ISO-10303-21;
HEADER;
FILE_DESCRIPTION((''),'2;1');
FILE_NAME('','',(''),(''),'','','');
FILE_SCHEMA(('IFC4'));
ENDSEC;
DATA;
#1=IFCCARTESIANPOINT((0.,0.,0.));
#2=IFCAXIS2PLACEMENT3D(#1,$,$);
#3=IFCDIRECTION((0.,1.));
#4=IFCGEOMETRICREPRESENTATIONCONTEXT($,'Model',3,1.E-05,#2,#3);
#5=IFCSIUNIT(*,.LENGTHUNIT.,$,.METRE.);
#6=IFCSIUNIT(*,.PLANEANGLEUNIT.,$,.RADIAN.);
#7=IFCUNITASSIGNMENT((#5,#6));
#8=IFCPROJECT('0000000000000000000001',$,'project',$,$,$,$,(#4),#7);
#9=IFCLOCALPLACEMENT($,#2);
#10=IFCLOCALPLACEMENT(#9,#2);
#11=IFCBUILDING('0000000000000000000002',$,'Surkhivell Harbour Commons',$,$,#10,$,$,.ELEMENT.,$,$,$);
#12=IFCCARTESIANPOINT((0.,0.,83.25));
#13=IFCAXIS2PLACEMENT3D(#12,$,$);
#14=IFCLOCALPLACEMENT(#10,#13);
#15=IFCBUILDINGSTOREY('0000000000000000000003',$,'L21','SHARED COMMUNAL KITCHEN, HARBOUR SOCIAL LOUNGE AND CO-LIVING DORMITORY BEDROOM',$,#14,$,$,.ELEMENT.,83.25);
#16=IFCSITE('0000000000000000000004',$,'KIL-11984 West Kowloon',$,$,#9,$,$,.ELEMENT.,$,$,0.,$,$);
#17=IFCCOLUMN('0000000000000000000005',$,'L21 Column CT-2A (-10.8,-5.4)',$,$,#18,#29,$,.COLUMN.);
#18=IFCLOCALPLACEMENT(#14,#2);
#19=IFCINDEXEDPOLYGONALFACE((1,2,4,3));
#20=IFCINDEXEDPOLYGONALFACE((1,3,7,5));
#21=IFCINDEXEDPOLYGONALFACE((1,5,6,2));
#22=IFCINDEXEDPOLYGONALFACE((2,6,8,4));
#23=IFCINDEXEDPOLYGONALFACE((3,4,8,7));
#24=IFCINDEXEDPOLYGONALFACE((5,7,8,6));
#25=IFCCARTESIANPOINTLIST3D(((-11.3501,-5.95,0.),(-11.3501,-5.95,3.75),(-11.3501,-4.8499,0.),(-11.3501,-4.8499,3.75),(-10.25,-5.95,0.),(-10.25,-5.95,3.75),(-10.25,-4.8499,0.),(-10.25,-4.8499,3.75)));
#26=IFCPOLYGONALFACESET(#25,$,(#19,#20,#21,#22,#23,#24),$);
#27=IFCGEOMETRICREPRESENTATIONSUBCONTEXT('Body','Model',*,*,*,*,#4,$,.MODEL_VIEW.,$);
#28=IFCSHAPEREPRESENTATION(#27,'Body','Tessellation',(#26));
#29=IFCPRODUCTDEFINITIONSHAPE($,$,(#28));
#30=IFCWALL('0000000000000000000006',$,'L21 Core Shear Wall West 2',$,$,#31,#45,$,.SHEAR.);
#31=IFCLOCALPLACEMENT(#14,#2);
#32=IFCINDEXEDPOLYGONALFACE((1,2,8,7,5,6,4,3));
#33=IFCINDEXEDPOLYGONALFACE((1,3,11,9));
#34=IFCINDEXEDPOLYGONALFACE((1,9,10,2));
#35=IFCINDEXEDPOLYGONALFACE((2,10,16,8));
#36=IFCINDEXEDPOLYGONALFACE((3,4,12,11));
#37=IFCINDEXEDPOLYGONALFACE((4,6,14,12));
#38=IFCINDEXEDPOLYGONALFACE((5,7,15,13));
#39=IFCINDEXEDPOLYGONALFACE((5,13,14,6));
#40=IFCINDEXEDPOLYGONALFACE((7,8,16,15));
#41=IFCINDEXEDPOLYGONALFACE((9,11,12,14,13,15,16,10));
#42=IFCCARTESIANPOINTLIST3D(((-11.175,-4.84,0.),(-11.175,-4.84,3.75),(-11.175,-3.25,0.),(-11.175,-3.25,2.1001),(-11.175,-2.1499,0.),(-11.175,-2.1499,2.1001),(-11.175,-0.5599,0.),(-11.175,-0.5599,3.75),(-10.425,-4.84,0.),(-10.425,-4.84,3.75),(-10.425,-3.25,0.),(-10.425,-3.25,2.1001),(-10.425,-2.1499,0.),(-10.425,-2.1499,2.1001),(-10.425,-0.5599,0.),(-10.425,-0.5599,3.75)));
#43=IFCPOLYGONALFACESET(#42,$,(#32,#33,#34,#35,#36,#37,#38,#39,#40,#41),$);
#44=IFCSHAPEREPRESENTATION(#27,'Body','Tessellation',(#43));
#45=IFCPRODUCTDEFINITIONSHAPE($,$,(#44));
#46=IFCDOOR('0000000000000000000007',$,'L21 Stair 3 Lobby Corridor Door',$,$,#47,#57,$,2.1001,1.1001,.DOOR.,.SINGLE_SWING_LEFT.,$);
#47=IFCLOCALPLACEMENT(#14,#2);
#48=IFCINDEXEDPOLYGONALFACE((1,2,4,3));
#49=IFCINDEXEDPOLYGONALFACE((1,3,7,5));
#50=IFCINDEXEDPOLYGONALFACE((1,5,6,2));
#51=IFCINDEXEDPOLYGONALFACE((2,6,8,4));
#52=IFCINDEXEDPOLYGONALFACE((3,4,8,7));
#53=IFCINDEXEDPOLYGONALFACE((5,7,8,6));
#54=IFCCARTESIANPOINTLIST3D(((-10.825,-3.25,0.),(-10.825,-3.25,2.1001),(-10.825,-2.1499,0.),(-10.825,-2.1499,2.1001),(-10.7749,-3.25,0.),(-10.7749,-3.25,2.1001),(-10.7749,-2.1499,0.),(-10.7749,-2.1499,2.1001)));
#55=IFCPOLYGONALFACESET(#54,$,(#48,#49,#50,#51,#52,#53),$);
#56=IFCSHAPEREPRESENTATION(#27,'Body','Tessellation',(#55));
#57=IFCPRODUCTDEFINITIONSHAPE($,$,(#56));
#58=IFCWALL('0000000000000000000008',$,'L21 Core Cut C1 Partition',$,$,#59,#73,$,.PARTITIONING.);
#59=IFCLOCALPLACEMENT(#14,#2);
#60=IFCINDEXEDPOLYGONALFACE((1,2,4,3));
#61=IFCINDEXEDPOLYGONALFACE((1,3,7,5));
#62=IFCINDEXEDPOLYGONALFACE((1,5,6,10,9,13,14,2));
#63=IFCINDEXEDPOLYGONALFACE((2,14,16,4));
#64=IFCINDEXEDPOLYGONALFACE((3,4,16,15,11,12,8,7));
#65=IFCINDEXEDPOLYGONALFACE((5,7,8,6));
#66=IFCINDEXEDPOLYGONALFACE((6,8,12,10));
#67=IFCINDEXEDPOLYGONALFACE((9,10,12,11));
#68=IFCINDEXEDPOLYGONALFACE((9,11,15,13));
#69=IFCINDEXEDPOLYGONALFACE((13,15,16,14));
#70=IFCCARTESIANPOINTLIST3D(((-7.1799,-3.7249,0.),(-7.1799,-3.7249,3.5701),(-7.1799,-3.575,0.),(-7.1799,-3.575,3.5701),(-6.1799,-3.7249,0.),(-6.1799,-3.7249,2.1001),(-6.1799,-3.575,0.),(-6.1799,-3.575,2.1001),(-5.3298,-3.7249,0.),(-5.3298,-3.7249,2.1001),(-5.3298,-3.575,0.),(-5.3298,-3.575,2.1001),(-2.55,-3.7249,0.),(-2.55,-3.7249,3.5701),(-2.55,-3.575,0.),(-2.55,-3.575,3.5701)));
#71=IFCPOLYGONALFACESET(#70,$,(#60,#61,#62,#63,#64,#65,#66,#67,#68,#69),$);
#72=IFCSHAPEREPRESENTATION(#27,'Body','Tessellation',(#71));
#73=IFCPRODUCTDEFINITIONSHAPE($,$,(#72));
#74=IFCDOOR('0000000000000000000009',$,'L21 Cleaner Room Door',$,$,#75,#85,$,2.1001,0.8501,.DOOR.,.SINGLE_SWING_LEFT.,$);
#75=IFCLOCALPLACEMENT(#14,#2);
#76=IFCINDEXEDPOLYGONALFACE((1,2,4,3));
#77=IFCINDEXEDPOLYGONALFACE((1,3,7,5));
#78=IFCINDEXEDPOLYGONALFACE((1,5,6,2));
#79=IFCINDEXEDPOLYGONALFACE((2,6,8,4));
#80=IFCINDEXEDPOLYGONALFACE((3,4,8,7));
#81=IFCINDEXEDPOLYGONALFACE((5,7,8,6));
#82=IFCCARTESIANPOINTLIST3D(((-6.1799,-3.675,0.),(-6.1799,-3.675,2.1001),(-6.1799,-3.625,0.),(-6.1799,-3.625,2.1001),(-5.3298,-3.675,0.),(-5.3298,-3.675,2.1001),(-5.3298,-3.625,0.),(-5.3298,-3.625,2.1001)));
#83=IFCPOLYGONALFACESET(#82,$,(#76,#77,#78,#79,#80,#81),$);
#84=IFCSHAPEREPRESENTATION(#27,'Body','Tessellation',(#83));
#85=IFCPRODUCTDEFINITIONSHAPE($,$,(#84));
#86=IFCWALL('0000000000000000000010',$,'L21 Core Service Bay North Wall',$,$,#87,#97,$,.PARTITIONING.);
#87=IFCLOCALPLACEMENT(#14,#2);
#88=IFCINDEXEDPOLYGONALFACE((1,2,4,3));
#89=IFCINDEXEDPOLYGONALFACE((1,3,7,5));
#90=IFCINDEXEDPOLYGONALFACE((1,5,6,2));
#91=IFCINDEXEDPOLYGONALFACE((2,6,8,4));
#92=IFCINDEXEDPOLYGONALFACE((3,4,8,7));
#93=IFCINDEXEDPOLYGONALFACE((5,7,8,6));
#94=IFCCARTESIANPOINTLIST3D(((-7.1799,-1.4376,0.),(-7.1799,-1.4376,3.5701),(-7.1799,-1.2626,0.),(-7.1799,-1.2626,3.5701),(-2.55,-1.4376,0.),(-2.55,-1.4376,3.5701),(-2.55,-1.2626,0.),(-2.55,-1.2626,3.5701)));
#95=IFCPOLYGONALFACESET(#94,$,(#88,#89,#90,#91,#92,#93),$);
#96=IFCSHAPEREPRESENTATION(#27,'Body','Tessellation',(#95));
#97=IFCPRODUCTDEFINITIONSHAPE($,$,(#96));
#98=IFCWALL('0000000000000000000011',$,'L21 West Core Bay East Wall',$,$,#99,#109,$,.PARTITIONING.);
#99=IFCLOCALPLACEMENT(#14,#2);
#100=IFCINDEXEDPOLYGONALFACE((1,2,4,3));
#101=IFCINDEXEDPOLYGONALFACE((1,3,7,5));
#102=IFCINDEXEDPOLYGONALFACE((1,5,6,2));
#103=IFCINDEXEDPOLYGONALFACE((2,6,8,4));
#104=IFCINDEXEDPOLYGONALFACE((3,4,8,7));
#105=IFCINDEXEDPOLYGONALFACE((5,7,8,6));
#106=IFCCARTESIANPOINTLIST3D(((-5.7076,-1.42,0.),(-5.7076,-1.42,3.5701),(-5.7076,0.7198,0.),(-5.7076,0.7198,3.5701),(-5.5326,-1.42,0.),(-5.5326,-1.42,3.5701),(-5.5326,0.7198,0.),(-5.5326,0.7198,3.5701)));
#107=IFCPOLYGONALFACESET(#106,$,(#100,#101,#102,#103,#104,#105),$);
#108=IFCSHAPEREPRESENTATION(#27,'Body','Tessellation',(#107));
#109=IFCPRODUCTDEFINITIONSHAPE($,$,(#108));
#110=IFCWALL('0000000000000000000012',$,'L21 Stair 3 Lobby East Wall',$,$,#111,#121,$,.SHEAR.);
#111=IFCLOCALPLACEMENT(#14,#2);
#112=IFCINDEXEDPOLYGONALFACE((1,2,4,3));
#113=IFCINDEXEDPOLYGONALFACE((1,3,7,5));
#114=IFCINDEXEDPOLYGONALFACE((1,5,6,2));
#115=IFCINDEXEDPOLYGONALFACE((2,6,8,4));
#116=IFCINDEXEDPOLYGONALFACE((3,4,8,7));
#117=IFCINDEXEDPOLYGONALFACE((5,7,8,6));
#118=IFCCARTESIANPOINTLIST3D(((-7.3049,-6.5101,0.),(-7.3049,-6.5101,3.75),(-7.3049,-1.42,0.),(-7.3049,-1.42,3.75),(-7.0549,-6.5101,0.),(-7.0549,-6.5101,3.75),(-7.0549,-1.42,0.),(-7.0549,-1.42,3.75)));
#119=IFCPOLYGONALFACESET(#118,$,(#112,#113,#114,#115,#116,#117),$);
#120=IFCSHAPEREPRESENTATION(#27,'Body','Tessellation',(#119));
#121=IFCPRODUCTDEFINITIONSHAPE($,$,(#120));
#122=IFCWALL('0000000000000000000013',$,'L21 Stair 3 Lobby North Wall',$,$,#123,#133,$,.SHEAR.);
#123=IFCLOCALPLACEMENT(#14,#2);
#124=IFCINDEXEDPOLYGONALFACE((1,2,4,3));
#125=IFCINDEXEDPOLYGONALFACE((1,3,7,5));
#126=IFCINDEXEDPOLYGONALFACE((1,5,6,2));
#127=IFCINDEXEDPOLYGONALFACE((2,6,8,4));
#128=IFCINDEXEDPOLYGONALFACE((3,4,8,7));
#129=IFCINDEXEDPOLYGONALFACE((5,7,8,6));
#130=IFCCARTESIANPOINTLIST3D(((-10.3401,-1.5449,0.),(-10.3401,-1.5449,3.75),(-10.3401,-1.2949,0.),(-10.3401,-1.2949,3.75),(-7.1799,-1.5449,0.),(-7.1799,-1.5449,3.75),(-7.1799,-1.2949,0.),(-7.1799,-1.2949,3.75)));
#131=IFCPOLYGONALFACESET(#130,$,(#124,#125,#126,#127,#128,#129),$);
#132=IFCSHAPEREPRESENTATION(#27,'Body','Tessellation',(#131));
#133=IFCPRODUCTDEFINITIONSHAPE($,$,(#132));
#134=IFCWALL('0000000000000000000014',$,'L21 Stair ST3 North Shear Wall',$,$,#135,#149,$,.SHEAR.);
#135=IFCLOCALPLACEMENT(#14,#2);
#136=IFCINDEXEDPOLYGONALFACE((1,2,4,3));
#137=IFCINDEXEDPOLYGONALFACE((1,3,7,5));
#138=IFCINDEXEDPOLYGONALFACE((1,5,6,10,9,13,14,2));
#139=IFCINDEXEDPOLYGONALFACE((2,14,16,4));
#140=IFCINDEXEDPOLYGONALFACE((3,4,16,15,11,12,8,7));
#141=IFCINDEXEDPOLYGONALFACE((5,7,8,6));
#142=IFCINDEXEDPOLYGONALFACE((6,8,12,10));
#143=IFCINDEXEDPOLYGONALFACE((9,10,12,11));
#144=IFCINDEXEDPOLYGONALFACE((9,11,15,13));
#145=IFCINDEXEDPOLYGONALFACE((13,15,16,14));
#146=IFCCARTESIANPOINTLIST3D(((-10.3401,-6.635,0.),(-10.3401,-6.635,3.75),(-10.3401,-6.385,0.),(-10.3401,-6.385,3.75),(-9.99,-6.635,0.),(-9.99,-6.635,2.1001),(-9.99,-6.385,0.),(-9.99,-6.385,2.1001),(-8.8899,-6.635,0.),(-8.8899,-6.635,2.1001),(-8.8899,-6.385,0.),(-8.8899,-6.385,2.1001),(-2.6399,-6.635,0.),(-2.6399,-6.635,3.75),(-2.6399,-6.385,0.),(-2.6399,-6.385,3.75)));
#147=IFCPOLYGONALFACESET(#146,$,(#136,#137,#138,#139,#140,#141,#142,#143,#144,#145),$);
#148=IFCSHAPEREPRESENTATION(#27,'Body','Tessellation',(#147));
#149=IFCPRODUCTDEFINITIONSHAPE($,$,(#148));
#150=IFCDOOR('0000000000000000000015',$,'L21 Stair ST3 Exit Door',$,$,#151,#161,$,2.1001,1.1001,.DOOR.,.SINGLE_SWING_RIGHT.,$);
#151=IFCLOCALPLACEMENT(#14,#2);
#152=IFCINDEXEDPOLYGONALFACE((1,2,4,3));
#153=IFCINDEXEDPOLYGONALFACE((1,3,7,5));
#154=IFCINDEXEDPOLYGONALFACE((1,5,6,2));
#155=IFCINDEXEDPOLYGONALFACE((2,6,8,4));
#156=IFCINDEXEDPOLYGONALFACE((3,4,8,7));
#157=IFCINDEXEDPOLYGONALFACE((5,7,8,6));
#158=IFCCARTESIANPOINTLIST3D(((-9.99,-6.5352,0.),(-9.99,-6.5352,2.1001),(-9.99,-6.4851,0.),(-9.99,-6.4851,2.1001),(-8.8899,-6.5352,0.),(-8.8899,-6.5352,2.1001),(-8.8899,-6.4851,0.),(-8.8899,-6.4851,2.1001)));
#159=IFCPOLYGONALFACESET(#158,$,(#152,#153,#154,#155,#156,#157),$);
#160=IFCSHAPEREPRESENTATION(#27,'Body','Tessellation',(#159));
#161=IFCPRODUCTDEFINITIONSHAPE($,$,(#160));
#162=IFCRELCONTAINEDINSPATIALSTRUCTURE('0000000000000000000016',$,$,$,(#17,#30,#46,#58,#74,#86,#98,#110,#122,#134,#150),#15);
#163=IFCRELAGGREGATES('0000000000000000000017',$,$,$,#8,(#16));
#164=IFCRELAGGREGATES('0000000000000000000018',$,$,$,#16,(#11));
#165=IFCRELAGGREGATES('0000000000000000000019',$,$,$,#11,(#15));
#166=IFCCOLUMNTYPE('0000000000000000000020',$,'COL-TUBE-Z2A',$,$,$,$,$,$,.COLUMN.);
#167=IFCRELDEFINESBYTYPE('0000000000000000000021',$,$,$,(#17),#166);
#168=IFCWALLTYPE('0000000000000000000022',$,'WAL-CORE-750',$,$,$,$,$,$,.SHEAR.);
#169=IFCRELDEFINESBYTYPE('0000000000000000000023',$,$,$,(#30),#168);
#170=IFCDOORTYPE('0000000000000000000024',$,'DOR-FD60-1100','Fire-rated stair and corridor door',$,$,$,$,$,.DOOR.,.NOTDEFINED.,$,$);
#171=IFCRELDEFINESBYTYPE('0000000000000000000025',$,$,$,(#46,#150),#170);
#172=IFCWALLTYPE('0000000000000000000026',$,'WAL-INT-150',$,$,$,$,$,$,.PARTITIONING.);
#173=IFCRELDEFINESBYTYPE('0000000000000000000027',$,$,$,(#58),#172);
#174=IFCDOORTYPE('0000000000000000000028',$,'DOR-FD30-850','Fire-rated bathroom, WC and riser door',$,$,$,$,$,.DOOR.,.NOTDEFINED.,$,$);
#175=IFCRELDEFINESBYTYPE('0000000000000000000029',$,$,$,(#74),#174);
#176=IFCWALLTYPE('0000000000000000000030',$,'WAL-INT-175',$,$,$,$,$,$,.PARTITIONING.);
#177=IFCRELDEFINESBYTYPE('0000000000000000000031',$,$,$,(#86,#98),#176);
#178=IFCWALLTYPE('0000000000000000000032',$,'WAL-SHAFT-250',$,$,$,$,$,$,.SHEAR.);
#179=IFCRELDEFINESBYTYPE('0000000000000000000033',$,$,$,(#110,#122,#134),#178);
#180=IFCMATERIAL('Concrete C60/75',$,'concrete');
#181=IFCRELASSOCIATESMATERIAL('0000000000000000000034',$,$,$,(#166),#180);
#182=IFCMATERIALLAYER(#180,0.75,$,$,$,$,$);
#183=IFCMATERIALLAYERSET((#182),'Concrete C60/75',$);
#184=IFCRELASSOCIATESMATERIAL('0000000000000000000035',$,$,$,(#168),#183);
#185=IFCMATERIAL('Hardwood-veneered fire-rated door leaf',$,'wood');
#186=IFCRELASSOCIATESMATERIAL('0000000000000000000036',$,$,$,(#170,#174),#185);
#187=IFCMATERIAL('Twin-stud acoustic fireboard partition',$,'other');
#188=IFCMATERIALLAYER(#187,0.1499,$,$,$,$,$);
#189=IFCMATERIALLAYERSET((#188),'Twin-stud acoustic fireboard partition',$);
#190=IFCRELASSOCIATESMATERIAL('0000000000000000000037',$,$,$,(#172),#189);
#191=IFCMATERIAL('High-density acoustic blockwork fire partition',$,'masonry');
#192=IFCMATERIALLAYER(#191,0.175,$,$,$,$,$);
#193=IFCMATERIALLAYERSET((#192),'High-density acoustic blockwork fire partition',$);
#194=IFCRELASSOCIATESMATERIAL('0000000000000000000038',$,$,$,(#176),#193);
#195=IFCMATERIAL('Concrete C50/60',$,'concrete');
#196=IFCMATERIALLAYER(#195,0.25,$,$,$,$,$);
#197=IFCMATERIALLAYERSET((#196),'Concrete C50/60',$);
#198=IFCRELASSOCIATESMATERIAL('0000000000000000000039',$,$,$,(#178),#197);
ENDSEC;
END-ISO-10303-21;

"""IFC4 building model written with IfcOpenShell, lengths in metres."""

from ifc_helpers import new_model, si_unit, direction, frame, frame_2d, origin, origin_2d, place, context, subcontext, project, spatial, rectangle, extrude, material, layer, layer_set, material_profile, profile_set, type_object, element, fill, save


model = new_model("IFC4")

# Units and contexts
model_context = context("Model", 3, precision=1e-05, world=origin(), true_north=direction((0.0, 1.0)))
body_context = subcontext(model_context, "Body", "Model", "MODEL_VIEW")
ifc_project = project(units=[si_unit("LENGTHUNIT", "METRE"), si_unit("PLANEANGLEUNIT", "RADIAN")], contexts=[model_context])

# Site, building, storey
site_placement = place(None, origin())
site = spatial("IfcSite", under=ifc_project, at=site_placement, Name="KIL-11984 West Kowloon", CompositionType="ELEMENT", RefElevation=0.0)
building_placement = place(site_placement, origin())
building = spatial("IfcBuilding", under=site, at=building_placement, Name="Surkhivell Harbour Commons", CompositionType="ELEMENT")
storey_placement = place(building_placement, frame((0.0, 0.0, 83.25)))
storey = spatial("IfcBuildingStorey", under=building, at=storey_placement, Name="L21", Description="SHARED COMMUNAL KITCHEN, HARBOUR SOCIAL LOUNGE AND CO-LIVING DORMITORY BEDROOM", CompositionType="ELEMENT", Elevation=83.25)

# Column
ifc_material_1 = material(Name="Concrete C60/75", Category="concrete")
ifc_material_profile = material_profile(ifc_material_1, rectangle(XDim=1.1001, YDim=1.1001, at=origin_2d()), Name="RC-COL-1100x1100")
ifc_profile_set = profile_set([ifc_material_profile], Name="Concrete C60/75")
column_type = type_object("IfcColumnType", Name="COL-TUBE-Z2A", PredefinedType="COLUMN", material=ifc_profile_set)
column_placement = place(storey_placement, frame((-10.8, -5.3999, 0.0), z_axis=(0.0, 0.0, 1.0), x_axis=(1.0, 0.0, 0.0)))
element("IfcColumn", 1, at=column_placement, inside=storey, type_object=column_type, Name="L21 Column CT-2A (-10.8,-5.4)", PredefinedType="COLUMN", context=body_context, shape_type="SweptSolid", body=[
    extrude(rectangle(XDim=1.1001, YDim=1.1001, at=origin_2d()), origin(), (0.0, 0.0, 1.0), 3.75),
])

# Walls, openings, doors
ifc_layer_1 = layer(ifc_material_1, 0.75)
ifc_layer_set_1 = layer_set([ifc_layer_1], Name="Concrete C60/75")
wall_type_1 = type_object("IfcWallType", Name="WAL-CORE-750", PredefinedType="SHEAR", material=ifc_layer_set_1)
wall_1_placement = place(storey_placement, frame((-10.8, -4.8401, 0.0), z_axis=(0.0, 0.0, 1.0), x_axis=(0.0, 1.0, 0.0)))
wall_1 = element("IfcWall", 2, at=wall_1_placement, inside=storey, type_object=wall_type_1, Name="L21 Core Shear Wall West 2", PredefinedType="SHEAR", context=body_context, shape_type="SweptSolid", body=[
    extrude(rectangle(XDim=4.28, YDim=0.75, at=frame_2d((2.1401, 0.0))), origin(), (0.0, 0.0, 1.0), 3.75),
])
opening_1_placement = place(wall_1_placement, frame((1.5901, 0.0, 0.0)))
opening_1 = element("IfcOpeningElement", 3, at=opening_1_placement, cuts=wall_1, PredefinedType="OPENING", context=body_context, shape_type="SweptSolid", body=[
    extrude(rectangle(XDim=1.1001, YDim=2.1001, at=frame_2d((0.55, 1.05))), frame((0.0, 0.385, 0.0), z_axis=(0.0, -1.0, 0.0), x_axis=(1.0, 0.0, 0.0)), (0.0, 0.0, 1.0), 0.77),
])
ifc_material_2 = material(Name="Hardwood-veneered fire-rated door leaf", Category="wood")
door_type_1 = type_object("IfcDoorType", Name="DOR-FD60-1100", Description="Fire-rated stair and corridor door", OperationType="NOTDEFINED", PredefinedType="DOOR", material=ifc_material_2)
door_1_placement = place(opening_1_placement, origin())
door_1 = element("IfcDoor", 4, at=door_1_placement, inside=storey, type_object=door_type_1, Name="L21 Stair 3 Lobby Corridor Door", OperationType="SINGLE_SWING_LEFT", OverallHeight=2.1001, OverallWidth=1.1001, PredefinedType="DOOR", context=body_context, shape_type="SweptSolid", body=[
    extrude(rectangle(XDim=1.1001, YDim=2.1001, at=frame_2d((0.55, 1.05))), frame((0.0, 0.0249, 0.0), z_axis=(0.0, -1.0, 0.0), x_axis=(1.0, 0.0, 0.0)), (0.0, 0.0, 1.0), 0.05),
])
fill(opening_1, door_1)
ifc_material_3 = material(Name="Twin-stud acoustic fireboard partition", Category="other")
ifc_layer_2 = layer(ifc_material_3, 0.1499)
ifc_layer_set_2 = layer_set([ifc_layer_2], Name="Twin-stud acoustic fireboard partition")
wall_type_2 = type_object("IfcWallType", Name="WAL-INT-150", PredefinedType="PARTITIONING", material=ifc_layer_set_2)
wall_2_placement = place(storey_placement, frame((-7.1799, -3.6499, 0.0), z_axis=(0.0, 0.0, 1.0), x_axis=(1.0, 0.0, 0.0)))
wall_2 = element("IfcWall", 5, at=wall_2_placement, inside=storey, type_object=wall_type_2, Name="L21 Core Cut C1 Partition", PredefinedType="PARTITIONING", context=body_context, shape_type="SweptSolid", body=[
    extrude(rectangle(XDim=4.6299, YDim=0.1499, at=frame_2d((2.3149, 0.0))), origin(), (0.0, 0.0, 1.0), 3.5701),
])
opening_2_placement = place(wall_2_placement, frame((1.0, 0.0, 0.0)))
opening_2 = element("IfcOpeningElement", 6, at=opening_2_placement, cuts=wall_2, PredefinedType="OPENING", context=body_context, shape_type="SweptSolid", body=[
    extrude(rectangle(XDim=0.8501, YDim=2.1001, at=frame_2d((0.425, 1.05))), frame((0.0, 0.085, 0.0), z_axis=(0.0, -1.0, 0.0), x_axis=(1.0, 0.0, 0.0)), (0.0, 0.0, 1.0), 0.1699),
])
door_type_2 = type_object("IfcDoorType", Name="DOR-FD30-850", Description="Fire-rated bathroom, WC and riser door", OperationType="NOTDEFINED", PredefinedType="DOOR", material=ifc_material_2)
door_2_placement = place(opening_2_placement, origin())
door_2 = element("IfcDoor", 7, at=door_2_placement, inside=storey, type_object=door_type_2, Name="L21 Cleaner Room Door", OperationType="SINGLE_SWING_LEFT", OverallHeight=2.1001, OverallWidth=0.8501, PredefinedType="DOOR", context=body_context, shape_type="SweptSolid", body=[
    extrude(rectangle(XDim=0.8501, YDim=2.1001, at=frame_2d((0.425, 1.05))), frame((0.0, 0.0249, 0.0), z_axis=(0.0, -1.0, 0.0), x_axis=(1.0, 0.0, 0.0)), (0.0, 0.0, 1.0), 0.05),
])
fill(opening_2, door_2)

# Walls
ifc_material_4 = material(Name="High-density acoustic blockwork fire partition", Category="masonry")
ifc_layer_3 = layer(ifc_material_4, 0.175)
ifc_layer_set_3 = layer_set([ifc_layer_3], Name="High-density acoustic blockwork fire partition")
wall_type_3 = type_object("IfcWallType", Name="WAL-INT-175", PredefinedType="PARTITIONING", material=ifc_layer_set_3)
wall_3_placement = place(storey_placement, frame((-7.1799, -1.3501, 0.0), z_axis=(0.0, 0.0, 1.0), x_axis=(1.0, 0.0, 0.0)))
element("IfcWall", 8, at=wall_3_placement, inside=storey, type_object=wall_type_3, Name="L21 Core Service Bay North Wall", PredefinedType="PARTITIONING", context=body_context, shape_type="SweptSolid", body=[
    extrude(rectangle(XDim=4.6299, YDim=0.175, at=frame_2d((2.3149, 0.0))), origin(), (0.0, 0.0, 1.0), 3.5701),
])
wall_4_placement = place(storey_placement, frame((-5.6201, -1.4199, 0.0), z_axis=(0.0, 0.0, 1.0), x_axis=(0.0, 1.0, 0.0)))
element("IfcWall", 9, at=wall_4_placement, inside=storey, type_object=wall_type_3, Name="L21 West Core Bay East Wall", PredefinedType="PARTITIONING", context=body_context, shape_type="SweptSolid", body=[
    extrude(rectangle(XDim=2.1399, YDim=0.175, at=frame_2d((1.0698, 0.0))), origin(), (0.0, 0.0, 1.0), 3.5701),
])
ifc_material_5 = material(Name="Concrete C50/60", Category="concrete")
ifc_layer_4 = layer(ifc_material_5, 0.25)
ifc_layer_set_4 = layer_set([ifc_layer_4], Name="Concrete C50/60")
wall_type_4 = type_object("IfcWallType", Name="WAL-SHAFT-250", PredefinedType="SHEAR", material=ifc_layer_set_4)
wall_5_placement = place(storey_placement, frame((-7.1799, -6.51, 0.0), z_axis=(0.0, 0.0, 1.0), x_axis=(0.0, 1.0, 0.0)))
element("IfcWall", 10, at=wall_5_placement, inside=storey, type_object=wall_type_4, Name="L21 Stair 3 Lobby East Wall", PredefinedType="SHEAR", context=body_context, shape_type="SweptSolid", body=[
    extrude(rectangle(XDim=5.0901, YDim=0.25, at=frame_2d((2.5449, 0.0))), origin(), (0.0, 0.0, 1.0), 3.75),
])
wall_6_placement = place(storey_placement, frame((-10.3401, -1.4199, 0.0), z_axis=(0.0, 0.0, 1.0), x_axis=(1.0, 0.0, 0.0)))
element("IfcWall", 11, at=wall_6_placement, inside=storey, type_object=wall_type_4, Name="L21 Stair 3 Lobby North Wall", PredefinedType="SHEAR", context=body_context, shape_type="SweptSolid", body=[
    extrude(rectangle(XDim=3.1602, YDim=0.25, at=frame_2d((1.5801, 0.0))), origin(), (0.0, 0.0, 1.0), 3.75),
])

# Wall, opening, door
wall_7_placement = place(storey_placement, frame((-10.3401, -6.51, 0.0), z_axis=(0.0, 0.0, 1.0), x_axis=(1.0, 0.0, 0.0)))
wall_7 = element("IfcWall", 12, at=wall_7_placement, inside=storey, type_object=wall_type_4, Name="L21 Stair ST3 North Shear Wall", PredefinedType="SHEAR", context=body_context, shape_type="SweptSolid", body=[
    extrude(rectangle(XDim=7.7002, YDim=0.25, at=frame_2d((3.8501, 0.0))), origin(), (0.0, 0.0, 1.0), 3.75),
])
opening_3_placement = place(wall_7_placement, frame((0.3501, 0.0, 0.0)))
opening_3 = element("IfcOpeningElement", 13, at=opening_3_placement, cuts=wall_7, PredefinedType="OPENING", context=body_context, shape_type="SweptSolid", body=[
    extrude(rectangle(XDim=1.1001, YDim=2.1001, at=frame_2d((0.55, 1.05))), frame((0.0, 0.135, 0.0), z_axis=(0.0, -1.0, 0.0), x_axis=(1.0, 0.0, 0.0)), (0.0, 0.0, 1.0), 0.27),
])
door_3_placement = place(opening_3_placement, origin())
door_3 = element("IfcDoor", 14, at=door_3_placement, inside=storey, type_object=door_type_1, Name="L21 Stair ST3 Exit Door", OperationType="SINGLE_SWING_RIGHT", OverallHeight=2.1001, OverallWidth=1.1001, PredefinedType="DOOR", context=body_context, shape_type="SweptSolid", body=[
    extrude(rectangle(XDim=1.1001, YDim=2.1001, at=frame_2d((0.55, 1.05))), frame((0.0, 0.0249, 0.0), z_axis=(0.0, -1.0, 0.0), x_axis=(1.0, 0.0, 0.0)), (0.0, 0.0, 1.0), 0.05),
])
fill(opening_3, door_3)

save(model, "model.ifc")
